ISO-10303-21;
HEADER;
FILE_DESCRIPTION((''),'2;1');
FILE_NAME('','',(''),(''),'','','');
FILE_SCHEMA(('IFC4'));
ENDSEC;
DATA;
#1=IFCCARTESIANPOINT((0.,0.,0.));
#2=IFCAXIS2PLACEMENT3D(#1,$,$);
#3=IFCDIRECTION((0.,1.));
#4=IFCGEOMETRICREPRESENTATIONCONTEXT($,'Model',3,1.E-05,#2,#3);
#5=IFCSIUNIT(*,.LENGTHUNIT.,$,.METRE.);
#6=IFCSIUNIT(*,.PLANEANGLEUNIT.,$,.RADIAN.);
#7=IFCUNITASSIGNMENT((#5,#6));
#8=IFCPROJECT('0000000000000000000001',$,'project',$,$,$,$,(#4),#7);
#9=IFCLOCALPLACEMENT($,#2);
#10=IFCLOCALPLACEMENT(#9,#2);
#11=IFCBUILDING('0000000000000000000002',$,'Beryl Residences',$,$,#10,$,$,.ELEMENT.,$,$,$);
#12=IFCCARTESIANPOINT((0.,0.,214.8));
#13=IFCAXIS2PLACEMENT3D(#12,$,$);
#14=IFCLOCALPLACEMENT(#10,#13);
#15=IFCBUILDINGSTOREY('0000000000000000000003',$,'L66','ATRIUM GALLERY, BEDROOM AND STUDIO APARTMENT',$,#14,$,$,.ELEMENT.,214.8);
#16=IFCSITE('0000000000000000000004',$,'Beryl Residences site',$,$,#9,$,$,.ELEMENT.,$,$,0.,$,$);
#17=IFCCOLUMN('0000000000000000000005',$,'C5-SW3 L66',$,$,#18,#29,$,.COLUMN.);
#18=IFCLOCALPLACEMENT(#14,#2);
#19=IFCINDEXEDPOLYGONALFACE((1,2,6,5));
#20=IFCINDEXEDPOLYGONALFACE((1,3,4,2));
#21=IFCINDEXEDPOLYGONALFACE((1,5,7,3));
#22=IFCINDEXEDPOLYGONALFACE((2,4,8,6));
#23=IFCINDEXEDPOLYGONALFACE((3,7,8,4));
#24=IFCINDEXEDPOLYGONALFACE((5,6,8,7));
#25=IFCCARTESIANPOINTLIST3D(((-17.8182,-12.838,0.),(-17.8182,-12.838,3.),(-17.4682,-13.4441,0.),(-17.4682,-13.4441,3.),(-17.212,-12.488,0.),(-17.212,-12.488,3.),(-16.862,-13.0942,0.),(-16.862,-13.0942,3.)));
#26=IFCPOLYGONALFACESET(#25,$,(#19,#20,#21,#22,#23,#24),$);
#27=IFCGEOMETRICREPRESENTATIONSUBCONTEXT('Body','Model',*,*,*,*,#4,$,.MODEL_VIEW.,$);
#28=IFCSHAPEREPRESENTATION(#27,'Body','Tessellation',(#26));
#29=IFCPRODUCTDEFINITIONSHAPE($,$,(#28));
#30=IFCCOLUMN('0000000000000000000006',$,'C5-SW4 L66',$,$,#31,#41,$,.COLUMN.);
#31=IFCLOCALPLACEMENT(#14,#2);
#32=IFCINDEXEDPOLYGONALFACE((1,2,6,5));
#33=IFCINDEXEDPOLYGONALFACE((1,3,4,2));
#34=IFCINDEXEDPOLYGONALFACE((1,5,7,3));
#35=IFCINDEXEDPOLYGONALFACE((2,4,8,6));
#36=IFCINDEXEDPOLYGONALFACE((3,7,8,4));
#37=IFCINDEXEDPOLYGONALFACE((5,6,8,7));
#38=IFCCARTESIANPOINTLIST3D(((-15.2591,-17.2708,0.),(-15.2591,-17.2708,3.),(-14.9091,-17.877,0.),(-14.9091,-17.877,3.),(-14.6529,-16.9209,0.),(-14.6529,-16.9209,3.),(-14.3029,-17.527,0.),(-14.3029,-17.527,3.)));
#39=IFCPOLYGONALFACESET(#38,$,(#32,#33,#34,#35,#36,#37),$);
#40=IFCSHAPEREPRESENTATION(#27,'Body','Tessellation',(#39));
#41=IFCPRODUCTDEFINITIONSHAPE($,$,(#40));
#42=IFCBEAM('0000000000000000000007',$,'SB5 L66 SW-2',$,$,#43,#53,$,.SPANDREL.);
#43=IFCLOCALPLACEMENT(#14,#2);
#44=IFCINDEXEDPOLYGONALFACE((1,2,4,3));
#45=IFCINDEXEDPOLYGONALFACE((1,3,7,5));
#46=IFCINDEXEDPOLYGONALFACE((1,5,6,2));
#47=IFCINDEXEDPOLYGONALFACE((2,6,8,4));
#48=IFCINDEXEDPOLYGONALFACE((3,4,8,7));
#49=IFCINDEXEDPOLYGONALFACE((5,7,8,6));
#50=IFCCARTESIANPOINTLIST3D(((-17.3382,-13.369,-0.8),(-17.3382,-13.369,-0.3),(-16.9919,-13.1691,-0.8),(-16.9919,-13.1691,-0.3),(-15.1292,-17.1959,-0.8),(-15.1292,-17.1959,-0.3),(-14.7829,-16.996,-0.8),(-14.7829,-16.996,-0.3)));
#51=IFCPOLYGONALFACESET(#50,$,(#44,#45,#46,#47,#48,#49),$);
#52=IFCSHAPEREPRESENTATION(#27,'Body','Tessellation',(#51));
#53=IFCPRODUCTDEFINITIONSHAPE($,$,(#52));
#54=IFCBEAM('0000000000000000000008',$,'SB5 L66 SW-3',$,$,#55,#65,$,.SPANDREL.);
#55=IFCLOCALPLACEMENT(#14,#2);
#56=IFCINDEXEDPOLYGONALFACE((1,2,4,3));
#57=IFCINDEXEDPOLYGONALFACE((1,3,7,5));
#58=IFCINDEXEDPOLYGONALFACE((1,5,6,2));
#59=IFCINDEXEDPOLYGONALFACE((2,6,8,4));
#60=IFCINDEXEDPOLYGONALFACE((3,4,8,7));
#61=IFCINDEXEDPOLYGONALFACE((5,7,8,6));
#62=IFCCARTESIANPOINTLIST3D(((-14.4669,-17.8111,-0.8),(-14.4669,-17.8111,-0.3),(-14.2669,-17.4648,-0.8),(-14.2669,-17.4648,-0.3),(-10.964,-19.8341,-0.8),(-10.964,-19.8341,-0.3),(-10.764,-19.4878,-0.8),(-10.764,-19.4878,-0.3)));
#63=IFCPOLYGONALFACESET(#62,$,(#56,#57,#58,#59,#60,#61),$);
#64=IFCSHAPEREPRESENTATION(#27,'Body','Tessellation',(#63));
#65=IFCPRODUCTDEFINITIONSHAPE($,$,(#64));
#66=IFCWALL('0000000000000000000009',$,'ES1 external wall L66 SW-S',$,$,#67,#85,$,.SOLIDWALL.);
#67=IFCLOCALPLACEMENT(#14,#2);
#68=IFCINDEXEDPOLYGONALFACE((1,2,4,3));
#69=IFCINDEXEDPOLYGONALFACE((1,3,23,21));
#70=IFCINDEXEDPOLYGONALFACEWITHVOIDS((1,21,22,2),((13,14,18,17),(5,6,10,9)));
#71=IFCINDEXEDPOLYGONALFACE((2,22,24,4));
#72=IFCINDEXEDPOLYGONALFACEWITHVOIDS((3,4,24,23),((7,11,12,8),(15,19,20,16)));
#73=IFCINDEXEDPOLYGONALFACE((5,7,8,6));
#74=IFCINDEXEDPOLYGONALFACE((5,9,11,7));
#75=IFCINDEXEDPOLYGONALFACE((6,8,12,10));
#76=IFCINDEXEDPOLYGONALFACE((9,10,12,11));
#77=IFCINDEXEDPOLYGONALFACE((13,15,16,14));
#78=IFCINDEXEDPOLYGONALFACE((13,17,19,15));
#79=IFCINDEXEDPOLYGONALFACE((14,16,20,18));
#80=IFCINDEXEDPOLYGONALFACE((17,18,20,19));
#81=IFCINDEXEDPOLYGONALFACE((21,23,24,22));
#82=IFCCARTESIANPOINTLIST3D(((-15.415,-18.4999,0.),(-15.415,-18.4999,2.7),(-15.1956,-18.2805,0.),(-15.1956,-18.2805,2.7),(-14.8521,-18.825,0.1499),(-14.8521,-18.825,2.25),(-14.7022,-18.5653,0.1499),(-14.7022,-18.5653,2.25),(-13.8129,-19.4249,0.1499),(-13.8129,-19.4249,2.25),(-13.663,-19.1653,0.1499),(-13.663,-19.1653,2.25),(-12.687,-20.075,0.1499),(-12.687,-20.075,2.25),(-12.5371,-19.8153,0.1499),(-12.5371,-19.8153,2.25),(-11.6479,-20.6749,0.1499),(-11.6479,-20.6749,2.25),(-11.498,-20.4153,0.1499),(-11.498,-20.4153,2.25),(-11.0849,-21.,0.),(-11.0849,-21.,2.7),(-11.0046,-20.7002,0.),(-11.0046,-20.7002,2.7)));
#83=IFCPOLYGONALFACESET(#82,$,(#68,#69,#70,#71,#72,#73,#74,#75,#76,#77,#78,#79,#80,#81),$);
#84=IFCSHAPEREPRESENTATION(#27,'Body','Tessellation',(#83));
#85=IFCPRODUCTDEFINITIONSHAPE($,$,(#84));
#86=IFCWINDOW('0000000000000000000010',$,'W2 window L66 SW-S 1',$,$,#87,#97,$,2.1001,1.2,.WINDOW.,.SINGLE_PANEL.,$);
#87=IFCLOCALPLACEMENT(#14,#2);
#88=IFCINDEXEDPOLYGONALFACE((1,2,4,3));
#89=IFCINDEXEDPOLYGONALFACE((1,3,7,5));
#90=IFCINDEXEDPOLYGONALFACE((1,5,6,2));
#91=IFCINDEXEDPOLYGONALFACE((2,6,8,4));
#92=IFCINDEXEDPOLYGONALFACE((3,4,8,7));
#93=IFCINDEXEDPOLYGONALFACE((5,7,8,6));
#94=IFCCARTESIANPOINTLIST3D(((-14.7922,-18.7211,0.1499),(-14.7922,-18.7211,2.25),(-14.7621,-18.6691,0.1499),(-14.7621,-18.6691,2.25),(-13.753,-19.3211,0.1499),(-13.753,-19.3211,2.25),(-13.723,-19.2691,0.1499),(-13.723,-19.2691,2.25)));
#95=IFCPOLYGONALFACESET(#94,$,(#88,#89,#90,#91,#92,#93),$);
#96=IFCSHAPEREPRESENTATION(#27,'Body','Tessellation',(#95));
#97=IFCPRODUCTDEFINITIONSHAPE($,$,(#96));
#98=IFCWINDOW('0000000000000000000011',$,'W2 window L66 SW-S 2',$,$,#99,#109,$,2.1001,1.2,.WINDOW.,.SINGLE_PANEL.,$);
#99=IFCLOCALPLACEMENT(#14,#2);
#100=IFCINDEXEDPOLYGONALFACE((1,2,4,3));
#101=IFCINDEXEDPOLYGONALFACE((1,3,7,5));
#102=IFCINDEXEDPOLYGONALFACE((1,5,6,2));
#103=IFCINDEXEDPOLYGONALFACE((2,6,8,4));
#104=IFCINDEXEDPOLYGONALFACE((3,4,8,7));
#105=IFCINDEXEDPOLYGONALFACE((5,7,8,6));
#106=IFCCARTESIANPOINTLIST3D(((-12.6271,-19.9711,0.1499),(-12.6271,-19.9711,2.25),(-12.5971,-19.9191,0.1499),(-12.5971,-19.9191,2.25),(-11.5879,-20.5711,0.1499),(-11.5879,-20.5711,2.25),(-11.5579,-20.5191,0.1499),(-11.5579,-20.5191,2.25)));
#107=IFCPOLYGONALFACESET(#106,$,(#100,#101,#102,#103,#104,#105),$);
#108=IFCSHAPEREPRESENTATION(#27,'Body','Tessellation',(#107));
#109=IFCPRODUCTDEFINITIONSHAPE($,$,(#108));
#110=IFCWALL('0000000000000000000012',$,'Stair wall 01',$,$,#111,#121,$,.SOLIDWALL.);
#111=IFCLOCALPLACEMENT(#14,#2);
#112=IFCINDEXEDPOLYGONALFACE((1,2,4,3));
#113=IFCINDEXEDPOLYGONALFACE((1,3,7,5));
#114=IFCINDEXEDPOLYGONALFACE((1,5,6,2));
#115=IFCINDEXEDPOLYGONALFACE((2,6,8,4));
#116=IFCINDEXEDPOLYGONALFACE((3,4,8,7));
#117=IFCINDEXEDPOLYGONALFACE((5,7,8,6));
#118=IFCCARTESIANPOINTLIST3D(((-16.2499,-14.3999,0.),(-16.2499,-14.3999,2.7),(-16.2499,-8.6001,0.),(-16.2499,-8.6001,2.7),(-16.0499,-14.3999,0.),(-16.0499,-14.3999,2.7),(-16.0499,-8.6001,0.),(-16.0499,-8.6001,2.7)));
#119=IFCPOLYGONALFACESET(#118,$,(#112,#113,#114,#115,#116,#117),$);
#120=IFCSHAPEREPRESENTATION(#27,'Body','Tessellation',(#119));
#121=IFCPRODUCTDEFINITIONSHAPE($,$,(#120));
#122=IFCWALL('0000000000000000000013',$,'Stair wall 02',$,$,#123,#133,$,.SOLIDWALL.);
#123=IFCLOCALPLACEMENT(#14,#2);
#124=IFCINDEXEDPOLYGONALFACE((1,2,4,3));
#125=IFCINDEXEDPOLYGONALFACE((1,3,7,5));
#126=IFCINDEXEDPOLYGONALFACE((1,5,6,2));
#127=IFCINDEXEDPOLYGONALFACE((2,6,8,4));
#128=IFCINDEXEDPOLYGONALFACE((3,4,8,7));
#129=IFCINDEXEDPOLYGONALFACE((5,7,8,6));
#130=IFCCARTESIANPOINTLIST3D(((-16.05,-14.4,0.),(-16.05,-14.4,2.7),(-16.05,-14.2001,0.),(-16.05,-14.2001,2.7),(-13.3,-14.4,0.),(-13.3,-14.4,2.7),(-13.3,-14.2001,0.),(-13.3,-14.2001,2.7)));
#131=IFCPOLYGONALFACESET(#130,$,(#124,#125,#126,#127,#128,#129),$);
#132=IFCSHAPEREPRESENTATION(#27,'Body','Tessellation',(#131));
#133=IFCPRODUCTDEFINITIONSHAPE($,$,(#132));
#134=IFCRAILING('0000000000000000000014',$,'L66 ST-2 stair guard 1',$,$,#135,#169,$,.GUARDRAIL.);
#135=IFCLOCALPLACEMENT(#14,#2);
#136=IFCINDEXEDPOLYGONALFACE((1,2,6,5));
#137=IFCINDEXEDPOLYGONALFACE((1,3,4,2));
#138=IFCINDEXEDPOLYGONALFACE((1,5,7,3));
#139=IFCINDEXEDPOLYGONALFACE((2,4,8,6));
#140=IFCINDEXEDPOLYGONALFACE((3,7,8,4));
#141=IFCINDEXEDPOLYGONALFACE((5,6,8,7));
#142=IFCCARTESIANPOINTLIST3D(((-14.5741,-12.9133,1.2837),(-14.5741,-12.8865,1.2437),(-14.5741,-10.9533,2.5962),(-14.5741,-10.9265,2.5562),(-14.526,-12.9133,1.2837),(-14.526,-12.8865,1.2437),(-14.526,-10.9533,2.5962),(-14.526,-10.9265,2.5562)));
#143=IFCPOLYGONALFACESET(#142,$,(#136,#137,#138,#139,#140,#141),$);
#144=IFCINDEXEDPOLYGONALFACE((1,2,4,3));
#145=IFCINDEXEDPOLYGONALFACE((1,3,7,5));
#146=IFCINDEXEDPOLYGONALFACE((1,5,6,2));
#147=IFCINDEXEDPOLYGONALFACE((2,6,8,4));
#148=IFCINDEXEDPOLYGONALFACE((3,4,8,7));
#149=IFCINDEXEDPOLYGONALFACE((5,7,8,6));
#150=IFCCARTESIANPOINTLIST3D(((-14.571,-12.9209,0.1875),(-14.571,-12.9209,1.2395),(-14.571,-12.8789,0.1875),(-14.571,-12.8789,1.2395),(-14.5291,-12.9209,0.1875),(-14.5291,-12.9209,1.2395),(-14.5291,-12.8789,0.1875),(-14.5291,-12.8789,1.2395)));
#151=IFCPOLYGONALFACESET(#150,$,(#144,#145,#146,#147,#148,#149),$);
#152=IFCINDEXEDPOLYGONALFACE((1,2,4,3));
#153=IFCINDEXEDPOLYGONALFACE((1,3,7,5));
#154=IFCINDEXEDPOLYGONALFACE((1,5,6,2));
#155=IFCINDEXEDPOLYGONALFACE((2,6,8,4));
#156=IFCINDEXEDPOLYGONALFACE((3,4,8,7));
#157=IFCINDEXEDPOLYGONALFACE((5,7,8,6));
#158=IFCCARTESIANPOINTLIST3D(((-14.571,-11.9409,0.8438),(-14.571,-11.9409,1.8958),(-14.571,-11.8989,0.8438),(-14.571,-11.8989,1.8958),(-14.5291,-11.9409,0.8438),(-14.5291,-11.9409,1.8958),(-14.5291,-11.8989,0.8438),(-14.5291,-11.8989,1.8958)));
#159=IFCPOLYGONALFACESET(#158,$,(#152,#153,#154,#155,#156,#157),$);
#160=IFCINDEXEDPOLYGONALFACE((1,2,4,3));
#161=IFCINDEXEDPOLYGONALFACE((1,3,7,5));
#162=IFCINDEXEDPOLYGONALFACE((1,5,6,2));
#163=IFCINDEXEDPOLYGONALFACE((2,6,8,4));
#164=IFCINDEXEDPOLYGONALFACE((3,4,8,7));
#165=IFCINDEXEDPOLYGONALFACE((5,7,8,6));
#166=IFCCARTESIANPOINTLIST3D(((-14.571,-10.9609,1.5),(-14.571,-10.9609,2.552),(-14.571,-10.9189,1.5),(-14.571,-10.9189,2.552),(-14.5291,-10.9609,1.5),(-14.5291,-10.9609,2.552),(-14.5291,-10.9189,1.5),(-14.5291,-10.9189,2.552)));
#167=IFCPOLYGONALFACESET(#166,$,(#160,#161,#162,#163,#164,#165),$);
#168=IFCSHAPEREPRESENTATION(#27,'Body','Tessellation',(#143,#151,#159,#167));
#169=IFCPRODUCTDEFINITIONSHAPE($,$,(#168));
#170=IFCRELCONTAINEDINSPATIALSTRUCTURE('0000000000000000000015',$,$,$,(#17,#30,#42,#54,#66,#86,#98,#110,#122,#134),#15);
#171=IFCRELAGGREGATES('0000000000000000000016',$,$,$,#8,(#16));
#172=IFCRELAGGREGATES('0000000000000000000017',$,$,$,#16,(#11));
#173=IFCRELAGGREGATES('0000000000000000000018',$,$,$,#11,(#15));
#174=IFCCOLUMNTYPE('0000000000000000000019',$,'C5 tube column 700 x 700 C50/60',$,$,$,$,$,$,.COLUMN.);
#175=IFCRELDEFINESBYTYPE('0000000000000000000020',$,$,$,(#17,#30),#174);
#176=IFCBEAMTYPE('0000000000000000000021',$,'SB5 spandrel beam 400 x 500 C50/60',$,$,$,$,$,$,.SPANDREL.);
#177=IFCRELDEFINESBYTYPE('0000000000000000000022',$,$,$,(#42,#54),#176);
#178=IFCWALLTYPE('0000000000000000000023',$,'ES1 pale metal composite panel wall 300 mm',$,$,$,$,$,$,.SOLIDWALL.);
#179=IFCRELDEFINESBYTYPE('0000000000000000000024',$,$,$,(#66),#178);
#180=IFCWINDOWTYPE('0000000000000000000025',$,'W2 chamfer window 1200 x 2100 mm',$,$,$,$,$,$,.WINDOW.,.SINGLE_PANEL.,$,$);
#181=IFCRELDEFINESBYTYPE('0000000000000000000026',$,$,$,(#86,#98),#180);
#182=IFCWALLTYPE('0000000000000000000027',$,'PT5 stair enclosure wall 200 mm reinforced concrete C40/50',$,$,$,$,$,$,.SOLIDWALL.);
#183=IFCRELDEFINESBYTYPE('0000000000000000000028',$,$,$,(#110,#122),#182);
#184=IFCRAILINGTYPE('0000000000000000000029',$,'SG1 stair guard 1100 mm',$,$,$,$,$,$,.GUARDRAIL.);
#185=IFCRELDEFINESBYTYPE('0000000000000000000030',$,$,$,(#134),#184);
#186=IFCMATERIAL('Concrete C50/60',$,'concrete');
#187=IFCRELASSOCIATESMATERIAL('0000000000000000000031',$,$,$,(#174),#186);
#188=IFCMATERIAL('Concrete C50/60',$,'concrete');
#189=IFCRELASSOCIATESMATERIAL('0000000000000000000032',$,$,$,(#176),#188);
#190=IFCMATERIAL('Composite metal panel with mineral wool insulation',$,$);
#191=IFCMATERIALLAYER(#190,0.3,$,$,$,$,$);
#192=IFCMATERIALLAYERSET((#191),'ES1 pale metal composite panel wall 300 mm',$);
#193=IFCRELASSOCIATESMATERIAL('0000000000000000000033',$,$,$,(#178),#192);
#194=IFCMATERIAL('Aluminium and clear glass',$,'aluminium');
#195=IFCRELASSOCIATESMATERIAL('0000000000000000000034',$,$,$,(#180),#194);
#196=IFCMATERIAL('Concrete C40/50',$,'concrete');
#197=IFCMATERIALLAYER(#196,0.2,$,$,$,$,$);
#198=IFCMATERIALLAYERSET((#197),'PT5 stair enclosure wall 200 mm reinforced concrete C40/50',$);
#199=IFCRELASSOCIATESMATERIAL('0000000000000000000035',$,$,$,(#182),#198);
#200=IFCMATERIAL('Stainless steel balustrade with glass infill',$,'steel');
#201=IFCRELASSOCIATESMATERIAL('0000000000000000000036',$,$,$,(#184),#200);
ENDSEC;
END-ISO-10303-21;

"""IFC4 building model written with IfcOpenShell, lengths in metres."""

from ifc_helpers import new_model, si_unit, direction, frame, frame_2d, origin, origin_2d, place, context, subcontext, project, spatial, polyline, rectangle, outline, extrude, material, layer, layer_set, material_profile, profile_set, type_object, element, fill, save


model = new_model("IFC4")

# Units and contexts
model_context = context("Model", 3, precision=1e-05, world=origin(), true_north=direction((0.0, 1.0)))
body_context = subcontext(model_context, "Body", "Model", "MODEL_VIEW")
ifc_project = project(units=[si_unit("LENGTHUNIT", "METRE"), si_unit("PLANEANGLEUNIT", "RADIAN")], contexts=[model_context])

# Site, building, storey
site_placement = place(None, origin())
site = spatial("IfcSite", under=ifc_project, at=site_placement, Name="Beryl Residences site", CompositionType="ELEMENT", RefElevation=0.0)
building_placement = place(site_placement, origin())
building = spatial("IfcBuilding", under=site, at=building_placement, Name="Beryl Residences", CompositionType="ELEMENT")
storey_placement = place(building_placement, frame((0.0, 0.0, 214.8)))
storey = spatial("IfcBuildingStorey", under=building, at=storey_placement, Name="L66", Description="ATRIUM GALLERY, BEDROOM AND STUDIO APARTMENT", CompositionType="ELEMENT", Elevation=214.8)

# Columns
ifc_material_1 = material(Name="Concrete C50/60", Category="concrete")
ifc_material_profile_1 = material_profile(ifc_material_1, rectangle(XDim=0.7, YDim=0.7, at=origin_2d()))
ifc_profile_set_1 = profile_set([ifc_material_profile_1], Name="Concrete C50/60")
column_type = type_object("IfcColumnType", Name="C5 tube column 700 x 700 C50/60", PredefinedType="COLUMN", material=ifc_profile_set_1)
for number, where, z_axis, x_axis, name in (
    (1, (-17.3401, -12.9661, 0.0), (0.0, 0.0, 1.0), (0.499985, -0.866034, 0.0), "C5-SW3 L66"),
    (2, (-14.781, -17.3989, 0.0), (0.0, 0.0, 1.0), (0.499985, -0.866034, 0.0), "C5-SW4 L66"),
):
    element("IfcColumn", number, at=place(storey_placement, frame(where, z_axis=z_axis, x_axis=x_axis)), inside=storey, type_object=column_type, Name=name, PredefinedType="COLUMN", context=body_context, shape_type="SweptSolid", body=[
        extrude(rectangle(XDim=0.7, YDim=0.7, at=origin_2d()), origin(), (0.0, 0.0, 1.0), 3.0),
    ])

# Beams
ifc_material_2 = material(Name="Concrete C50/60", Category="concrete")
ifc_material_profile_2 = material_profile(ifc_material_2, rectangle(XDim=0.3999, YDim=0.5, at=origin_2d()))
ifc_profile_set_2 = profile_set([ifc_material_profile_2], Name="Concrete C50/60")
beam_type = type_object("IfcBeamType", Name="SB5 spandrel beam 400 x 500 C50/60", PredefinedType="SPANDREL", material=ifc_profile_set_2)
beam_1_placement = place(storey_placement, frame((-17.165, -13.269, -0.55), z_axis=(0.499919, -0.866072, 0.0), x_axis=(0.866072, 0.499919, 0.0)))
element("IfcBeam", 3, at=beam_1_placement, inside=storey, type_object=beam_type, Name="SB5 L66 SW-2", PredefinedType="SPANDREL", context=body_context, shape_type="SweptSolid", body=[
    extrude(rectangle(XDim=0.3999, YDim=0.5, at=origin_2d()), origin(), (0.0, 0.0, 1.0), 4.4187),
])
beam_2_placement = place(storey_placement, frame((-14.3669, -17.6379, -0.55), z_axis=(0.865968, -0.500099, 0.0), x_axis=(0.500099, 0.865968, 0.0)))
element("IfcBeam", 4, at=beam_2_placement, inside=storey, type_object=beam_type, Name="SB5 L66 SW-3", PredefinedType="SPANDREL", context=body_context, shape_type="SweptSolid", body=[
    extrude(rectangle(XDim=0.3999, YDim=0.5, at=origin_2d()), origin(), (0.0, 0.0, 1.0), 4.0452),
])

# Wall, openings, windows
ifc_material_3 = material(Name="Composite metal panel with mineral wool insulation")
ifc_layer_1 = layer(ifc_material_3, 0.3)
ifc_layer_set_1 = layer_set([ifc_layer_1], Name="ES1 pale metal composite panel wall 300 mm")
wall_type_1 = type_object("IfcWallType", Name="ES1 pale metal composite panel wall 300 mm", PredefinedType="SOLIDWALL", material=ifc_layer_set_1)
wall_1_placement = place(storey_placement, frame((-15.3401, -18.3701, 0.0), z_axis=(0.0, 0.0, 1.0), x_axis=(0.866023, -0.500004, 0.0)))
wall_1 = element("IfcWall", 5, at=wall_1_placement, inside=storey, type_object=wall_type_1, Name="ES1 external wall L66 SW-S", PredefinedType="SOLIDWALL", context=body_context, shape_type="SweptSolid", body=[
    extrude(outline(polyline([(0.0, -0.1499), (5.0, -0.1499), (4.9197, 0.1499), (0.0803, 0.1499), (0.0, -0.1499)])), origin(), (0.0, 0.0, 1.0), 2.7),
])
opening_1_placement = place(wall_1_placement, frame((0.6499, 0.0, 0.1499)))
opening_1 = element("IfcOpeningElement", 6, at=opening_1_placement, cuts=wall_1, PredefinedType="OPENING", context=body_context, shape_type="SweptSolid", body=[
    extrude(rectangle(XDim=1.2, YDim=2.1001, at=frame_2d((0.6001, 1.05))), frame((0.0, 0.1599, 0.0), z_axis=(0.0, -1.0, 0.0), x_axis=(1.0, 0.0, 0.0)), (0.0, 0.0, 1.0), 0.3201),
])
opening_2_placement = place(wall_1_placement, frame((3.1499, 0.0, 0.1499)))
opening_2 = element("IfcOpeningElement", 7, at=opening_2_placement, cuts=wall_1, PredefinedType="OPENING", context=body_context, shape_type="SweptSolid", body=[
    extrude(rectangle(XDim=1.2, YDim=2.1001, at=frame_2d((0.6001, 1.05))), frame((0.0, 0.1599, 0.0), z_axis=(0.0, -1.0, 0.0), x_axis=(1.0, 0.0, 0.0)), (0.0, 0.0, 1.0), 0.3201),
])
ifc_material_4 = material(Name="Aluminium and clear glass", Category="aluminium")
window_type = type_object("IfcWindowType", Name="W2 chamfer window 1200 x 2100 mm", PartitioningType="SINGLE_PANEL", PredefinedType="WINDOW", material=ifc_material_4)
window_1_placement = place(opening_1_placement, origin())
window_1 = element("IfcWindow", 8, at=window_1_placement, inside=storey, type_object=window_type, Name="W2 window L66 SW-S 1", OverallHeight=2.1001, OverallWidth=1.2, PartitioningType="SINGLE_PANEL", PredefinedType="WINDOW", context=body_context, shape_type="SweptSolid", body=[
    extrude(rectangle(XDim=1.2, YDim=2.1001, at=frame_2d((0.6001, 1.05))), frame((0.0, 0.03, 0.0), z_axis=(0.0, -1.0, 0.0), x_axis=(1.0, 0.0, 0.0)), (0.0, 0.0, 1.0), 0.0601),
])
fill(opening_1, window_1)
window_2_placement = place(opening_2_placement, origin())
window_2 = element("IfcWindow", 9, at=window_2_placement, inside=storey, type_object=window_type, Name="W2 window L66 SW-S 2", OverallHeight=2.1001, OverallWidth=1.2, PartitioningType="SINGLE_PANEL", PredefinedType="WINDOW", context=body_context, shape_type="SweptSolid", body=[
    extrude(rectangle(XDim=1.2, YDim=2.1001, at=frame_2d((0.6001, 1.05))), frame((0.0, 0.03, 0.0), z_axis=(0.0, -1.0, 0.0), x_axis=(1.0, 0.0, 0.0)), (0.0, 0.0, 1.0), 0.0601),
])
fill(opening_2, window_2)

# Walls
ifc_material_5 = material(Name="Concrete C40/50", Category="concrete")
ifc_layer_2 = layer(ifc_material_5, 0.2)
ifc_layer_set_2 = layer_set([ifc_layer_2], Name="PT5 stair enclosure wall 200 mm reinforced concrete C40/50")
wall_type_2 = type_object("IfcWallType", Name="PT5 stair enclosure wall 200 mm reinforced concrete C40/50", PredefinedType="SOLIDWALL", material=ifc_layer_set_2)
wall_2_placement = place(storey_placement, frame((-16.1499, -14.3999, 0.0), z_axis=(0.0, 0.0, 1.0), x_axis=(0.0, 1.0, 0.0)))
element("IfcWall", 10, at=wall_2_placement, inside=storey, type_object=wall_type_2, Name="Stair wall 01", PredefinedType="SOLIDWALL", context=body_context, shape_type="SweptSolid", body=[
    extrude(rectangle(XDim=5.7998, YDim=0.2, at=frame_2d((2.8999, 0.0))), origin(), (0.0, 0.0, 1.0), 2.7),
])
wall_3_placement = place(storey_placement, frame((-16.05, -14.3, 0.0), z_axis=(0.0, 0.0, 1.0), x_axis=(1.0, 0.0, 0.0)))
element("IfcWall", 11, at=wall_3_placement, inside=storey, type_object=wall_type_2, Name="Stair wall 02", PredefinedType="SOLIDWALL", context=body_context, shape_type="SweptSolid", body=[
    extrude(rectangle(XDim=2.75, YDim=0.2, at=frame_2d((1.375, 0.0))), origin(), (0.0, 0.0, 1.0), 2.7),
])

# Railing
ifc_material_6 = material(Name="Stainless steel balustrade with glass infill", Category="steel")
railing_type_1 = type_object("IfcRailingType", Name="SG1 stair guard 1100 mm", PredefinedType="GUARDRAIL", material=ifc_material_6)
railing_1_placement = place(storey_placement, frame((-14.55, -12.8999, 0.1875)))
element("IfcRailing", 12, at=railing_1_placement, inside=storey, type_object=railing_type_1, Name="L66 ST-2 stair guard 1", PredefinedType="GUARDRAIL", context=body_context, shape_type="SweptSolid", body=[
    extrude(rectangle(XDim=0.0481, YDim=0.0481, at=origin_2d()), frame((0.0, 0.0, 1.0762), z_axis=(0.0, 0.830902, 0.556419), x_axis=(-1.0, 0.0, 0.0)), (0.0, 0.0, 1.0), 2.3589),
    extrude(rectangle(XDim=0.042, YDim=0.042, at=origin_2d()), origin(), (0.0, 0.0, 1.0), 1.052),
    extrude(rectangle(XDim=0.042, YDim=0.042, at=origin_2d()), frame((0.0, 0.98, 0.6562)), (0.0, 0.0, 1.0), 1.052),
    extrude(rectangle(XDim=0.042, YDim=0.042, at=origin_2d()), frame((0.0, 1.96, 1.3125)), (0.0, 0.0, 1.0), 1.052),
])

save(model, "model.ifc")
